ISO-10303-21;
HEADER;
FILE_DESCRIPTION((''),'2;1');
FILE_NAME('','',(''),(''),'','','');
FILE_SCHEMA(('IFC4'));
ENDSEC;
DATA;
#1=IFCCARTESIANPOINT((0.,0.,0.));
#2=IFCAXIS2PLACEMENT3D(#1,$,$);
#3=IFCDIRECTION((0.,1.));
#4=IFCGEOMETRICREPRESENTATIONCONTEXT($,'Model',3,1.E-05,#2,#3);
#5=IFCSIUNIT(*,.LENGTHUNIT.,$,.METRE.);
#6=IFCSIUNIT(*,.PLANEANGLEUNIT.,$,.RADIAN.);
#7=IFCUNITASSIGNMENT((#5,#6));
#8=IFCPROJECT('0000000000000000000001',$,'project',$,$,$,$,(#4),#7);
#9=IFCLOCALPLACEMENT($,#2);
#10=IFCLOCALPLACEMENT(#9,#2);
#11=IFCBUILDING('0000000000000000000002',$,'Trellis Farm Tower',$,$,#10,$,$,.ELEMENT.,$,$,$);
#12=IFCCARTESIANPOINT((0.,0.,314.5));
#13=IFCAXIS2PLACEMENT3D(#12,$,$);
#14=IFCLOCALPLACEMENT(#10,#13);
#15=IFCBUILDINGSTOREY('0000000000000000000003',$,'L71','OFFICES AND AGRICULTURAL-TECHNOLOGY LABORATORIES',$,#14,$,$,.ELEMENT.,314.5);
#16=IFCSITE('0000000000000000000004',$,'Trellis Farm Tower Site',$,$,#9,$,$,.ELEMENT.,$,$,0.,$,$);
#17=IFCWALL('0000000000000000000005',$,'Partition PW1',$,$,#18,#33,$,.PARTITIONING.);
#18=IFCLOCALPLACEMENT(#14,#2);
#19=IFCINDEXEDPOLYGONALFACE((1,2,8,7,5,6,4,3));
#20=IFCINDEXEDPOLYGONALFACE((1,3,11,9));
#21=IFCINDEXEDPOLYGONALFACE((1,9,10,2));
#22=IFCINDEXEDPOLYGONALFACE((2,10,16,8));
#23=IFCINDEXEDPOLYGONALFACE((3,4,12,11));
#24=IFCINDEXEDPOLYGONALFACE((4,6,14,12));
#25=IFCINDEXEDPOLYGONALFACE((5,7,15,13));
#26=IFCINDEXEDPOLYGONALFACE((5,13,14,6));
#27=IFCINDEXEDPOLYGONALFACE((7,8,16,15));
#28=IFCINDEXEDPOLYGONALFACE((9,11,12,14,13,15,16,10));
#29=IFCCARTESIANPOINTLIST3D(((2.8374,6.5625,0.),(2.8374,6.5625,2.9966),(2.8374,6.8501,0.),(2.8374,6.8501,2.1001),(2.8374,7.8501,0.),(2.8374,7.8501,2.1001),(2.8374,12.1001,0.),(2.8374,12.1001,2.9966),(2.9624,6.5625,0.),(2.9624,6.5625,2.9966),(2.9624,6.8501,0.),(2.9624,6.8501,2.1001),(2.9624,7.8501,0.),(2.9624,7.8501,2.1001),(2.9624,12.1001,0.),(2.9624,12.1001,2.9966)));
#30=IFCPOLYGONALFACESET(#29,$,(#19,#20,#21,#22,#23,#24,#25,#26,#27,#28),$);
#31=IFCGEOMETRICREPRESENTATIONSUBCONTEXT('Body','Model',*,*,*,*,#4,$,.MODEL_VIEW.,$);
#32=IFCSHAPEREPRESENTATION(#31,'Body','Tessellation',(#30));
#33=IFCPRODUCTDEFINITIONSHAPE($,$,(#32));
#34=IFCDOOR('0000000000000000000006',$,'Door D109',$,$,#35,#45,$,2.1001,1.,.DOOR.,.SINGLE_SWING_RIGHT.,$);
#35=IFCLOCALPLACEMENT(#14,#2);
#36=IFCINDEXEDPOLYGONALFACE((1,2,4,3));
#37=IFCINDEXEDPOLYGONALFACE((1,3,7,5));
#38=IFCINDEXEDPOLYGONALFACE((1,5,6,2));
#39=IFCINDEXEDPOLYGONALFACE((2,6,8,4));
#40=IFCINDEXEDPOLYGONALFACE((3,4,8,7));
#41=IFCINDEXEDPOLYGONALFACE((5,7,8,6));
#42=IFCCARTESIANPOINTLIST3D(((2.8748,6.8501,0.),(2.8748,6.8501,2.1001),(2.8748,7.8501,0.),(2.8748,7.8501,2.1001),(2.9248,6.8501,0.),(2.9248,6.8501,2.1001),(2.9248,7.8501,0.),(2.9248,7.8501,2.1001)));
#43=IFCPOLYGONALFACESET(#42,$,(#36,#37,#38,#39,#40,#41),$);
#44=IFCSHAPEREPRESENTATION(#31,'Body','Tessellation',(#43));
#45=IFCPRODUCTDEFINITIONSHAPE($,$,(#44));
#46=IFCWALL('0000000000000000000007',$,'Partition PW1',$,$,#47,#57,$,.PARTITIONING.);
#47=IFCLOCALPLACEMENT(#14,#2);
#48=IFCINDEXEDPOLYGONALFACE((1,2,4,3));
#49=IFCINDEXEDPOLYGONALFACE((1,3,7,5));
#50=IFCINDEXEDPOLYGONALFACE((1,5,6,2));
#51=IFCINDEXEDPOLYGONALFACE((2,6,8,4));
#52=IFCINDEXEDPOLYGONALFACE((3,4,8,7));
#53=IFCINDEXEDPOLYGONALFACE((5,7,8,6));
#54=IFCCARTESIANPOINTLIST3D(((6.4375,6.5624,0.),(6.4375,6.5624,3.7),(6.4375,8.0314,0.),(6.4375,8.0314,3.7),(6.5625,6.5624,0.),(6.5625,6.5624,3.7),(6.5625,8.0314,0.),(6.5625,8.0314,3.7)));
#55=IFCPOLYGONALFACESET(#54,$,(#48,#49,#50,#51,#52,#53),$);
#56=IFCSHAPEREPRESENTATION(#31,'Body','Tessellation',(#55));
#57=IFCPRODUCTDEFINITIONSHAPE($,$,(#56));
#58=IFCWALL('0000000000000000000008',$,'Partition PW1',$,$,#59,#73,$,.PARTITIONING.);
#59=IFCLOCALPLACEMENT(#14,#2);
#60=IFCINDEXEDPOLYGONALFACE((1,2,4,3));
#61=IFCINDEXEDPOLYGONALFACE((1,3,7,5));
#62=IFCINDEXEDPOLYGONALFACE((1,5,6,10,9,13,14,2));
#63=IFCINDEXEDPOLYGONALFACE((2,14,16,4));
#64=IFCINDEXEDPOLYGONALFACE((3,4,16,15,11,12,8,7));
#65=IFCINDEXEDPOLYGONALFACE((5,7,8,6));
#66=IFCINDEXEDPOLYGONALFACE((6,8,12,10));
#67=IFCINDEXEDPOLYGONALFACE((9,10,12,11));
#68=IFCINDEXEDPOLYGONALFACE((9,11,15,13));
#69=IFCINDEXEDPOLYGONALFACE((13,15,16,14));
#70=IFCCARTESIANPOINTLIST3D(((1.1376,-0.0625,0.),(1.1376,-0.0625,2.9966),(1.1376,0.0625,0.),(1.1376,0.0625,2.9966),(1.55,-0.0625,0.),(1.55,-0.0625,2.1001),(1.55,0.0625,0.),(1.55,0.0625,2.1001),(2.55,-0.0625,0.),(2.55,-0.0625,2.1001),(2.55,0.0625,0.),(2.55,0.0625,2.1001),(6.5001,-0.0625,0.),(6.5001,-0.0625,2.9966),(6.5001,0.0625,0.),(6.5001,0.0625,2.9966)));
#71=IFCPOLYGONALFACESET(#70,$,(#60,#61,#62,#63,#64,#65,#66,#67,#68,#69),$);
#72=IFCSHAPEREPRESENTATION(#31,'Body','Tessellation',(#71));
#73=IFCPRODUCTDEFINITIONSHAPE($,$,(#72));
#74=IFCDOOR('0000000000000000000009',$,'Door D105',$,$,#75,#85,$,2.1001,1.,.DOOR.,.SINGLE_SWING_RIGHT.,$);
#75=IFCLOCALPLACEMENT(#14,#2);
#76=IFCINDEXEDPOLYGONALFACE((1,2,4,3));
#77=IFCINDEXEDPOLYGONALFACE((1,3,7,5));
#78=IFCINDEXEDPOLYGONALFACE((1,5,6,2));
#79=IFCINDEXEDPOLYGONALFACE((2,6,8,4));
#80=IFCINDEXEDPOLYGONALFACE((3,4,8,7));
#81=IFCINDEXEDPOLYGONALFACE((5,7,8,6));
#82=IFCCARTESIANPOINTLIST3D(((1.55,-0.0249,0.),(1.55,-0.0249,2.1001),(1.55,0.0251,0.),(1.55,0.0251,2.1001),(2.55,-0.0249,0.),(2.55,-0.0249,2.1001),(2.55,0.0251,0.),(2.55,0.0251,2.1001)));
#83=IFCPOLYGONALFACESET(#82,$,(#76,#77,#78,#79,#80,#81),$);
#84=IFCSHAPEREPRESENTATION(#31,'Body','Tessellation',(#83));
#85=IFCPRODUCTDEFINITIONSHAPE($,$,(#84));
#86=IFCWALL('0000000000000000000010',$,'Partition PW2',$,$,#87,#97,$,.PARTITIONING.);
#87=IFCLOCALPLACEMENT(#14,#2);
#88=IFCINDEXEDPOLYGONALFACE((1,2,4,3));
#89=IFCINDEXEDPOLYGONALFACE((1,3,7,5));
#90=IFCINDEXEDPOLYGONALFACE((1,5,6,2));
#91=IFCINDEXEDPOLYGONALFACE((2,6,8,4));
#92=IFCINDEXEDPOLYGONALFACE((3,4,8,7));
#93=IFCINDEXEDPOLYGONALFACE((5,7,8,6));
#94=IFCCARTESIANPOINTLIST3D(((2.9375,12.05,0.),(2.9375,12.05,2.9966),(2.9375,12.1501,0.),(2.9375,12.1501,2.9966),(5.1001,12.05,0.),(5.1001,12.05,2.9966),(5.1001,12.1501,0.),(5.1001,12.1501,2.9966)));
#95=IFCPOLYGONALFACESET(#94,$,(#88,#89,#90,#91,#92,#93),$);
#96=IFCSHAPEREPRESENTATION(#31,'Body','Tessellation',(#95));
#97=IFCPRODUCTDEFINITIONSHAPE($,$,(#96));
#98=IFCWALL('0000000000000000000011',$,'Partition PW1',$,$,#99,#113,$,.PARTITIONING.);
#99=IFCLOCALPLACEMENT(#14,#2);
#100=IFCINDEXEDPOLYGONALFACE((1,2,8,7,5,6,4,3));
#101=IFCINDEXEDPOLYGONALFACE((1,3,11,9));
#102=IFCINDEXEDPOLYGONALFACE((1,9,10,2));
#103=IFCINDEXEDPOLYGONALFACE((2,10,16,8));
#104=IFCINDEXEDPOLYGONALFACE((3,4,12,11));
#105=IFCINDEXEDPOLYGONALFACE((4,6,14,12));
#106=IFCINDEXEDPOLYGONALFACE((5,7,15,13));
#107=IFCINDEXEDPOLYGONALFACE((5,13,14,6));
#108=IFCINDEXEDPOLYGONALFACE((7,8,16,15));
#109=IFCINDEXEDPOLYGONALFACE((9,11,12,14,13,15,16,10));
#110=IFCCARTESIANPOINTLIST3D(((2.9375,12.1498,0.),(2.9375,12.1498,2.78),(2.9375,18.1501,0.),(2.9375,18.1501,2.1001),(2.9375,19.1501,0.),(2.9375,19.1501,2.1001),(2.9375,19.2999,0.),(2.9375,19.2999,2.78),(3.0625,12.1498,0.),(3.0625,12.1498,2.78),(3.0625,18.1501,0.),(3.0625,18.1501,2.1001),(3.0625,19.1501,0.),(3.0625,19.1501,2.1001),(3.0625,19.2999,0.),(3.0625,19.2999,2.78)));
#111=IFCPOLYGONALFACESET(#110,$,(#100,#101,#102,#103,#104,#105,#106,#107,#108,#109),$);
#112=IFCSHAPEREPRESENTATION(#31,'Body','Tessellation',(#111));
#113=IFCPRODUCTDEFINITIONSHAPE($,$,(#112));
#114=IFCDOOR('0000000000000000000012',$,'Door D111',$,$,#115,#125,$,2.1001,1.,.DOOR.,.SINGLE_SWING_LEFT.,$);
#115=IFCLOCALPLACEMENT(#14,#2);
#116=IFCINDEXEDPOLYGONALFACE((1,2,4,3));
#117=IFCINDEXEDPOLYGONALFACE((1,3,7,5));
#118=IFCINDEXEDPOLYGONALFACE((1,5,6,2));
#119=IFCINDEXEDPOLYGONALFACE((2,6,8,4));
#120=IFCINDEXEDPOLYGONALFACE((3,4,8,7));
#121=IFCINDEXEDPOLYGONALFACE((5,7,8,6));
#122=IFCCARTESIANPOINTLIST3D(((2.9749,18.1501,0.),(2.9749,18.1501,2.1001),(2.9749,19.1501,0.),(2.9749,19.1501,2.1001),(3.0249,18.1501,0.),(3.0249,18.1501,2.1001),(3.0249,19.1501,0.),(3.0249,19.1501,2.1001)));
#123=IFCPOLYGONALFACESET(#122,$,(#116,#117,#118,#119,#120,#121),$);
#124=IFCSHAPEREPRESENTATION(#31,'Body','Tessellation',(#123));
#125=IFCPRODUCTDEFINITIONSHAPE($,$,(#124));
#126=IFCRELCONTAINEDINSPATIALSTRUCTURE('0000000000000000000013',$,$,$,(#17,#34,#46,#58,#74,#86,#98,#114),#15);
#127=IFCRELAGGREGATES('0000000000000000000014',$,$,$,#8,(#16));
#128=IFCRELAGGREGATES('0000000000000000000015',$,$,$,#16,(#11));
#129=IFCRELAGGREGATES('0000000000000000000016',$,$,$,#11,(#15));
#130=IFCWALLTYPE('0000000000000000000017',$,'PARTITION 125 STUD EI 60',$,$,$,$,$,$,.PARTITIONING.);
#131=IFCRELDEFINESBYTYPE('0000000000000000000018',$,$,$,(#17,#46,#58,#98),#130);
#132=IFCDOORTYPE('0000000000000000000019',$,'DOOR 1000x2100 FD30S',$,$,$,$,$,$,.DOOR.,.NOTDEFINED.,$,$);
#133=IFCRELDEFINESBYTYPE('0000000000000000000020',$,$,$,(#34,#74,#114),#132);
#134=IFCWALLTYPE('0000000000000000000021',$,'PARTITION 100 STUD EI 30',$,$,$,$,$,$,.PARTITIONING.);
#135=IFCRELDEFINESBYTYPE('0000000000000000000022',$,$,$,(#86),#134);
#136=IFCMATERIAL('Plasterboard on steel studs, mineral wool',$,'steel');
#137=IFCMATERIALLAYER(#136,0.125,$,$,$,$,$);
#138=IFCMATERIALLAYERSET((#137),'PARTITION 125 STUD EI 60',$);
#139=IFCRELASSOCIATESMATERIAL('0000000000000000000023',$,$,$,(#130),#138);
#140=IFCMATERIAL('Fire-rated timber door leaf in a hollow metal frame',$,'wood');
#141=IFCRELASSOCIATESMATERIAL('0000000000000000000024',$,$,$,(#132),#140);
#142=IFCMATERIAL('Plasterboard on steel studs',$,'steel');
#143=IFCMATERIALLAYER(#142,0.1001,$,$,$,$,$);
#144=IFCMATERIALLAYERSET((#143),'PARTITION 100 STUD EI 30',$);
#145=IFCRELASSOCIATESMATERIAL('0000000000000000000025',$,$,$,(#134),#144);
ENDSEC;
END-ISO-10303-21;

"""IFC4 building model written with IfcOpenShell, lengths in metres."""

from ifc_helpers import new_model, si_unit, direction, frame, frame_2d, origin, place, context, subcontext, project, spatial, rectangle, extrude, source, transform, mapped, material, layer, layer_set, type_object, element, fill, save


model = new_model("IFC4")

# Units and contexts
model_context = context("Model", 3, precision=1e-05, world=origin(), true_north=direction((0.0, 1.0)))
body_context = subcontext(model_context, "Body", "Model", "MODEL_VIEW")
ifc_project = project(units=[si_unit("LENGTHUNIT", "METRE"), si_unit("PLANEANGLEUNIT", "RADIAN")], contexts=[model_context])

# Site, building, storey
site_placement = place(None, origin())
site = spatial("IfcSite", under=ifc_project, at=site_placement, Name="Trellis Farm Tower Site", CompositionType="ELEMENT", RefElevation=0.0)
building_placement = place(site_placement, origin())
building = spatial("IfcBuilding", under=site, at=building_placement, Name="Trellis Farm Tower", CompositionType="ELEMENT")
storey_placement = place(building_placement, frame((0.0, 0.0, 314.5)))
storey = spatial("IfcBuildingStorey", under=building, at=storey_placement, Name="L71", Description="OFFICES AND AGRICULTURAL-TECHNOLOGY LABORATORIES", CompositionType="ELEMENT", Elevation=314.5)

# Wall, opening, door
ifc_material_1 = material(Name="Plasterboard on steel studs, mineral wool", Category="steel")
ifc_layer_1 = layer(ifc_material_1, 0.125)
ifc_layer_set_1 = layer_set([ifc_layer_1], Name="PARTITION 125 STUD EI 60")
wall_type_1 = type_object("IfcWallType", Name="PARTITION 125 STUD EI 60", PredefinedType="PARTITIONING", material=ifc_layer_set_1)
shared_shape_1 = source(origin(), body_context, "Body", "SweptSolid", [
    extrude(rectangle(XDim=5.5376, YDim=0.125, at=frame_2d((2.7688, 0.0))), origin(), (0.0, 0.0, 1.0), 2.9966),
])
wall_1_placement = place(storey_placement, frame((2.8999, 12.1001, 0.0), z_axis=(0.0, 0.0, 1.0), x_axis=(0.0, -1.0, 0.0)))
wall_1 = element("IfcWall", 1, at=wall_1_placement, inside=storey, type_object=wall_type_1, Name="Partition PW1", PredefinedType="PARTITIONING", context=body_context, shape_type="MappedRepresentation", body=[
    mapped(shared_shape_1, transform((0.0, 0.0, 0.0))),
])
shared_shape_2 = source(origin(), body_context, "Body", "SweptSolid", [
    extrude(rectangle(XDim=1.0, YDim=2.1001, at=frame_2d((0.5, 1.05))), frame((0.0, 0.0725, 0.0), z_axis=(0.0, -1.0, 0.0), x_axis=(1.0, 0.0, 0.0)), (0.0, 0.0, 1.0), 0.145),
])
opening_1_placement = place(wall_1_placement, frame((4.25, 0.0, 0.0)))
opening_1 = element("IfcOpeningElement", 2, at=opening_1_placement, cuts=wall_1, PredefinedType="OPENING", context=body_context, shape_type="MappedRepresentation", body=[
    mapped(shared_shape_2, transform((0.0, 0.0, 0.0))),
])
ifc_material_2 = material(Name="Fire-rated timber door leaf in a hollow metal frame", Category="wood")
door_type_1 = type_object("IfcDoorType", Name="DOOR 1000x2100 FD30S", OperationType="NOTDEFINED", PredefinedType="DOOR", material=ifc_material_2)
shared_shape_3 = source(origin(), body_context, "Body", "SweptSolid", [
    extrude(rectangle(XDim=1.0, YDim=2.1001, at=frame_2d((0.5, 1.05))), frame((0.0, 0.0249, 0.0), z_axis=(0.0, -1.0, 0.0), x_axis=(1.0, 0.0, 0.0)), (0.0, 0.0, 1.0), 0.05),
])
door_1_placement = place(opening_1_placement, origin())
door_1 = element("IfcDoor", 3, at=door_1_placement, inside=storey, type_object=door_type_1, Name="Door D109", OperationType="SINGLE_SWING_RIGHT", OverallHeight=2.1001, OverallWidth=1.0, PredefinedType="DOOR", context=body_context, shape_type="MappedRepresentation", body=[
    mapped(shared_shape_3, transform((0.0, 0.0, 0.0))),
])
fill(opening_1, door_1)

# Wall
shared_shape_4 = source(origin(), body_context, "Body", "SweptSolid", [
    extrude(rectangle(XDim=1.469, YDim=0.125, at=frame_2d((0.7344, 0.0))), origin(), (0.0, 0.0, 1.0), 3.7),
])
wall_2_placement = place(storey_placement, frame((6.5, 6.5625, 0.0), z_axis=(0.0, 0.0, 1.0), x_axis=(0.0, 1.0, 0.0)))
element("IfcWall", 4, at=wall_2_placement, inside=storey, type_object=wall_type_1, Name="Partition PW1", PredefinedType="PARTITIONING", context=body_context, shape_type="MappedRepresentation", body=[
    mapped(shared_shape_4, transform((0.0, 0.0, 0.0))),
])

# Wall, opening, door
shared_shape_5 = source(origin(), body_context, "Body", "SweptSolid", [
    extrude(rectangle(XDim=5.3625, YDim=0.125, at=frame_2d((2.6812, 0.0))), origin(), (0.0, 0.0, 1.0), 2.9966),
])
wall_3_placement = place(storey_placement, frame((6.5, 0.0, 0.0), z_axis=(0.0, 0.0, 1.0), x_axis=(-1.0, 0.0, 0.0)))
wall_3 = element("IfcWall", 5, at=wall_3_placement, inside=storey, type_object=wall_type_1, Name="Partition PW1", PredefinedType="PARTITIONING", context=body_context, shape_type="MappedRepresentation", body=[
    mapped(shared_shape_5, transform((0.0, 0.0, 0.0))),
])
opening_2_placement = place(wall_3_placement, frame((3.95, 0.0, 0.0)))
opening_2 = element("IfcOpeningElement", 6, at=opening_2_placement, cuts=wall_3, PredefinedType="OPENING", context=body_context, shape_type="MappedRepresentation", body=[
    mapped(shared_shape_2, transform((0.0, 0.0, 0.0))),
])
door_2_placement = place(opening_2_placement, origin())
door_2 = element("IfcDoor", 7, at=door_2_placement, inside=storey, type_object=door_type_1, Name="Door D105", OperationType="SINGLE_SWING_RIGHT", OverallHeight=2.1001, OverallWidth=1.0, PredefinedType="DOOR", context=body_context, shape_type="MappedRepresentation", body=[
    mapped(shared_shape_3, transform((0.0, 0.0, 0.0))),
])
fill(opening_2, door_2)

# Wall
ifc_material_3 = material(Name="Plasterboard on steel studs", Category="steel")
ifc_layer_2 = layer(ifc_material_3, 0.1001)
ifc_layer_set_2 = layer_set([ifc_layer_2], Name="PARTITION 100 STUD EI 30")
wall_type_2 = type_object("IfcWallType", Name="PARTITION 100 STUD EI 30", PredefinedType="PARTITIONING", material=ifc_layer_set_2)
shared_shape_6 = source(origin(), body_context, "Body", "SweptSolid", [
    extrude(rectangle(XDim=2.1626, YDim=0.1001, at=frame_2d((1.0813, 0.0))), origin(), (0.0, 0.0, 1.0), 2.9966),
])
wall_4_placement = place(storey_placement, frame((2.9375, 12.1001, 0.0), z_axis=(0.0, 0.0, 1.0), x_axis=(1.0, 0.0, 0.0)))
element("IfcWall", 8, at=wall_4_placement, inside=storey, type_object=wall_type_2, Name="Partition PW2", PredefinedType="PARTITIONING", context=body_context, shape_type="MappedRepresentation", body=[
    mapped(shared_shape_6, transform((0.0, 0.0, 0.0))),
])

# Wall, opening, door
shared_shape_7 = source(origin(), body_context, "Body", "SweptSolid", [
    extrude(rectangle(XDim=7.1501, YDim=0.125, at=frame_2d((3.5752, 0.0))), origin(), (0.0, 0.0, 1.0), 2.78),
])
wall_5_placement = place(storey_placement, frame((3.0, 19.3, 0.0), z_axis=(0.0, 0.0, 1.0), x_axis=(0.0, -1.0, 0.0)))
wall_5 = element("IfcWall", 9, at=wall_5_placement, inside=storey, type_object=wall_type_1, Name="Partition PW1", PredefinedType="PARTITIONING", context=body_context, shape_type="MappedRepresentation", body=[
    mapped(shared_shape_7, transform((0.0, 0.0, 0.0))),
])
opening_3_placement = place(wall_5_placement, frame((0.1499, 0.0, 0.0)))
opening_3 = element("IfcOpeningElement", 10, at=opening_3_placement, cuts=wall_5, PredefinedType="OPENING", context=body_context, shape_type="MappedRepresentation", body=[
    mapped(shared_shape_2, transform((0.0, 0.0, 0.0))),
])
door_3_placement = place(opening_3_placement, origin())
door_3 = element("IfcDoor", 11, at=door_3_placement, inside=storey, type_object=door_type_1, Name="Door D111", OperationType="SINGLE_SWING_LEFT", OverallHeight=2.1001, OverallWidth=1.0, PredefinedType="DOOR", context=body_context, shape_type="MappedRepresentation", body=[
    mapped(shared_shape_3, transform((0.0, 0.0, 0.0))),
])
fill(opening_3, door_3)

save(model, "model.ifc")
